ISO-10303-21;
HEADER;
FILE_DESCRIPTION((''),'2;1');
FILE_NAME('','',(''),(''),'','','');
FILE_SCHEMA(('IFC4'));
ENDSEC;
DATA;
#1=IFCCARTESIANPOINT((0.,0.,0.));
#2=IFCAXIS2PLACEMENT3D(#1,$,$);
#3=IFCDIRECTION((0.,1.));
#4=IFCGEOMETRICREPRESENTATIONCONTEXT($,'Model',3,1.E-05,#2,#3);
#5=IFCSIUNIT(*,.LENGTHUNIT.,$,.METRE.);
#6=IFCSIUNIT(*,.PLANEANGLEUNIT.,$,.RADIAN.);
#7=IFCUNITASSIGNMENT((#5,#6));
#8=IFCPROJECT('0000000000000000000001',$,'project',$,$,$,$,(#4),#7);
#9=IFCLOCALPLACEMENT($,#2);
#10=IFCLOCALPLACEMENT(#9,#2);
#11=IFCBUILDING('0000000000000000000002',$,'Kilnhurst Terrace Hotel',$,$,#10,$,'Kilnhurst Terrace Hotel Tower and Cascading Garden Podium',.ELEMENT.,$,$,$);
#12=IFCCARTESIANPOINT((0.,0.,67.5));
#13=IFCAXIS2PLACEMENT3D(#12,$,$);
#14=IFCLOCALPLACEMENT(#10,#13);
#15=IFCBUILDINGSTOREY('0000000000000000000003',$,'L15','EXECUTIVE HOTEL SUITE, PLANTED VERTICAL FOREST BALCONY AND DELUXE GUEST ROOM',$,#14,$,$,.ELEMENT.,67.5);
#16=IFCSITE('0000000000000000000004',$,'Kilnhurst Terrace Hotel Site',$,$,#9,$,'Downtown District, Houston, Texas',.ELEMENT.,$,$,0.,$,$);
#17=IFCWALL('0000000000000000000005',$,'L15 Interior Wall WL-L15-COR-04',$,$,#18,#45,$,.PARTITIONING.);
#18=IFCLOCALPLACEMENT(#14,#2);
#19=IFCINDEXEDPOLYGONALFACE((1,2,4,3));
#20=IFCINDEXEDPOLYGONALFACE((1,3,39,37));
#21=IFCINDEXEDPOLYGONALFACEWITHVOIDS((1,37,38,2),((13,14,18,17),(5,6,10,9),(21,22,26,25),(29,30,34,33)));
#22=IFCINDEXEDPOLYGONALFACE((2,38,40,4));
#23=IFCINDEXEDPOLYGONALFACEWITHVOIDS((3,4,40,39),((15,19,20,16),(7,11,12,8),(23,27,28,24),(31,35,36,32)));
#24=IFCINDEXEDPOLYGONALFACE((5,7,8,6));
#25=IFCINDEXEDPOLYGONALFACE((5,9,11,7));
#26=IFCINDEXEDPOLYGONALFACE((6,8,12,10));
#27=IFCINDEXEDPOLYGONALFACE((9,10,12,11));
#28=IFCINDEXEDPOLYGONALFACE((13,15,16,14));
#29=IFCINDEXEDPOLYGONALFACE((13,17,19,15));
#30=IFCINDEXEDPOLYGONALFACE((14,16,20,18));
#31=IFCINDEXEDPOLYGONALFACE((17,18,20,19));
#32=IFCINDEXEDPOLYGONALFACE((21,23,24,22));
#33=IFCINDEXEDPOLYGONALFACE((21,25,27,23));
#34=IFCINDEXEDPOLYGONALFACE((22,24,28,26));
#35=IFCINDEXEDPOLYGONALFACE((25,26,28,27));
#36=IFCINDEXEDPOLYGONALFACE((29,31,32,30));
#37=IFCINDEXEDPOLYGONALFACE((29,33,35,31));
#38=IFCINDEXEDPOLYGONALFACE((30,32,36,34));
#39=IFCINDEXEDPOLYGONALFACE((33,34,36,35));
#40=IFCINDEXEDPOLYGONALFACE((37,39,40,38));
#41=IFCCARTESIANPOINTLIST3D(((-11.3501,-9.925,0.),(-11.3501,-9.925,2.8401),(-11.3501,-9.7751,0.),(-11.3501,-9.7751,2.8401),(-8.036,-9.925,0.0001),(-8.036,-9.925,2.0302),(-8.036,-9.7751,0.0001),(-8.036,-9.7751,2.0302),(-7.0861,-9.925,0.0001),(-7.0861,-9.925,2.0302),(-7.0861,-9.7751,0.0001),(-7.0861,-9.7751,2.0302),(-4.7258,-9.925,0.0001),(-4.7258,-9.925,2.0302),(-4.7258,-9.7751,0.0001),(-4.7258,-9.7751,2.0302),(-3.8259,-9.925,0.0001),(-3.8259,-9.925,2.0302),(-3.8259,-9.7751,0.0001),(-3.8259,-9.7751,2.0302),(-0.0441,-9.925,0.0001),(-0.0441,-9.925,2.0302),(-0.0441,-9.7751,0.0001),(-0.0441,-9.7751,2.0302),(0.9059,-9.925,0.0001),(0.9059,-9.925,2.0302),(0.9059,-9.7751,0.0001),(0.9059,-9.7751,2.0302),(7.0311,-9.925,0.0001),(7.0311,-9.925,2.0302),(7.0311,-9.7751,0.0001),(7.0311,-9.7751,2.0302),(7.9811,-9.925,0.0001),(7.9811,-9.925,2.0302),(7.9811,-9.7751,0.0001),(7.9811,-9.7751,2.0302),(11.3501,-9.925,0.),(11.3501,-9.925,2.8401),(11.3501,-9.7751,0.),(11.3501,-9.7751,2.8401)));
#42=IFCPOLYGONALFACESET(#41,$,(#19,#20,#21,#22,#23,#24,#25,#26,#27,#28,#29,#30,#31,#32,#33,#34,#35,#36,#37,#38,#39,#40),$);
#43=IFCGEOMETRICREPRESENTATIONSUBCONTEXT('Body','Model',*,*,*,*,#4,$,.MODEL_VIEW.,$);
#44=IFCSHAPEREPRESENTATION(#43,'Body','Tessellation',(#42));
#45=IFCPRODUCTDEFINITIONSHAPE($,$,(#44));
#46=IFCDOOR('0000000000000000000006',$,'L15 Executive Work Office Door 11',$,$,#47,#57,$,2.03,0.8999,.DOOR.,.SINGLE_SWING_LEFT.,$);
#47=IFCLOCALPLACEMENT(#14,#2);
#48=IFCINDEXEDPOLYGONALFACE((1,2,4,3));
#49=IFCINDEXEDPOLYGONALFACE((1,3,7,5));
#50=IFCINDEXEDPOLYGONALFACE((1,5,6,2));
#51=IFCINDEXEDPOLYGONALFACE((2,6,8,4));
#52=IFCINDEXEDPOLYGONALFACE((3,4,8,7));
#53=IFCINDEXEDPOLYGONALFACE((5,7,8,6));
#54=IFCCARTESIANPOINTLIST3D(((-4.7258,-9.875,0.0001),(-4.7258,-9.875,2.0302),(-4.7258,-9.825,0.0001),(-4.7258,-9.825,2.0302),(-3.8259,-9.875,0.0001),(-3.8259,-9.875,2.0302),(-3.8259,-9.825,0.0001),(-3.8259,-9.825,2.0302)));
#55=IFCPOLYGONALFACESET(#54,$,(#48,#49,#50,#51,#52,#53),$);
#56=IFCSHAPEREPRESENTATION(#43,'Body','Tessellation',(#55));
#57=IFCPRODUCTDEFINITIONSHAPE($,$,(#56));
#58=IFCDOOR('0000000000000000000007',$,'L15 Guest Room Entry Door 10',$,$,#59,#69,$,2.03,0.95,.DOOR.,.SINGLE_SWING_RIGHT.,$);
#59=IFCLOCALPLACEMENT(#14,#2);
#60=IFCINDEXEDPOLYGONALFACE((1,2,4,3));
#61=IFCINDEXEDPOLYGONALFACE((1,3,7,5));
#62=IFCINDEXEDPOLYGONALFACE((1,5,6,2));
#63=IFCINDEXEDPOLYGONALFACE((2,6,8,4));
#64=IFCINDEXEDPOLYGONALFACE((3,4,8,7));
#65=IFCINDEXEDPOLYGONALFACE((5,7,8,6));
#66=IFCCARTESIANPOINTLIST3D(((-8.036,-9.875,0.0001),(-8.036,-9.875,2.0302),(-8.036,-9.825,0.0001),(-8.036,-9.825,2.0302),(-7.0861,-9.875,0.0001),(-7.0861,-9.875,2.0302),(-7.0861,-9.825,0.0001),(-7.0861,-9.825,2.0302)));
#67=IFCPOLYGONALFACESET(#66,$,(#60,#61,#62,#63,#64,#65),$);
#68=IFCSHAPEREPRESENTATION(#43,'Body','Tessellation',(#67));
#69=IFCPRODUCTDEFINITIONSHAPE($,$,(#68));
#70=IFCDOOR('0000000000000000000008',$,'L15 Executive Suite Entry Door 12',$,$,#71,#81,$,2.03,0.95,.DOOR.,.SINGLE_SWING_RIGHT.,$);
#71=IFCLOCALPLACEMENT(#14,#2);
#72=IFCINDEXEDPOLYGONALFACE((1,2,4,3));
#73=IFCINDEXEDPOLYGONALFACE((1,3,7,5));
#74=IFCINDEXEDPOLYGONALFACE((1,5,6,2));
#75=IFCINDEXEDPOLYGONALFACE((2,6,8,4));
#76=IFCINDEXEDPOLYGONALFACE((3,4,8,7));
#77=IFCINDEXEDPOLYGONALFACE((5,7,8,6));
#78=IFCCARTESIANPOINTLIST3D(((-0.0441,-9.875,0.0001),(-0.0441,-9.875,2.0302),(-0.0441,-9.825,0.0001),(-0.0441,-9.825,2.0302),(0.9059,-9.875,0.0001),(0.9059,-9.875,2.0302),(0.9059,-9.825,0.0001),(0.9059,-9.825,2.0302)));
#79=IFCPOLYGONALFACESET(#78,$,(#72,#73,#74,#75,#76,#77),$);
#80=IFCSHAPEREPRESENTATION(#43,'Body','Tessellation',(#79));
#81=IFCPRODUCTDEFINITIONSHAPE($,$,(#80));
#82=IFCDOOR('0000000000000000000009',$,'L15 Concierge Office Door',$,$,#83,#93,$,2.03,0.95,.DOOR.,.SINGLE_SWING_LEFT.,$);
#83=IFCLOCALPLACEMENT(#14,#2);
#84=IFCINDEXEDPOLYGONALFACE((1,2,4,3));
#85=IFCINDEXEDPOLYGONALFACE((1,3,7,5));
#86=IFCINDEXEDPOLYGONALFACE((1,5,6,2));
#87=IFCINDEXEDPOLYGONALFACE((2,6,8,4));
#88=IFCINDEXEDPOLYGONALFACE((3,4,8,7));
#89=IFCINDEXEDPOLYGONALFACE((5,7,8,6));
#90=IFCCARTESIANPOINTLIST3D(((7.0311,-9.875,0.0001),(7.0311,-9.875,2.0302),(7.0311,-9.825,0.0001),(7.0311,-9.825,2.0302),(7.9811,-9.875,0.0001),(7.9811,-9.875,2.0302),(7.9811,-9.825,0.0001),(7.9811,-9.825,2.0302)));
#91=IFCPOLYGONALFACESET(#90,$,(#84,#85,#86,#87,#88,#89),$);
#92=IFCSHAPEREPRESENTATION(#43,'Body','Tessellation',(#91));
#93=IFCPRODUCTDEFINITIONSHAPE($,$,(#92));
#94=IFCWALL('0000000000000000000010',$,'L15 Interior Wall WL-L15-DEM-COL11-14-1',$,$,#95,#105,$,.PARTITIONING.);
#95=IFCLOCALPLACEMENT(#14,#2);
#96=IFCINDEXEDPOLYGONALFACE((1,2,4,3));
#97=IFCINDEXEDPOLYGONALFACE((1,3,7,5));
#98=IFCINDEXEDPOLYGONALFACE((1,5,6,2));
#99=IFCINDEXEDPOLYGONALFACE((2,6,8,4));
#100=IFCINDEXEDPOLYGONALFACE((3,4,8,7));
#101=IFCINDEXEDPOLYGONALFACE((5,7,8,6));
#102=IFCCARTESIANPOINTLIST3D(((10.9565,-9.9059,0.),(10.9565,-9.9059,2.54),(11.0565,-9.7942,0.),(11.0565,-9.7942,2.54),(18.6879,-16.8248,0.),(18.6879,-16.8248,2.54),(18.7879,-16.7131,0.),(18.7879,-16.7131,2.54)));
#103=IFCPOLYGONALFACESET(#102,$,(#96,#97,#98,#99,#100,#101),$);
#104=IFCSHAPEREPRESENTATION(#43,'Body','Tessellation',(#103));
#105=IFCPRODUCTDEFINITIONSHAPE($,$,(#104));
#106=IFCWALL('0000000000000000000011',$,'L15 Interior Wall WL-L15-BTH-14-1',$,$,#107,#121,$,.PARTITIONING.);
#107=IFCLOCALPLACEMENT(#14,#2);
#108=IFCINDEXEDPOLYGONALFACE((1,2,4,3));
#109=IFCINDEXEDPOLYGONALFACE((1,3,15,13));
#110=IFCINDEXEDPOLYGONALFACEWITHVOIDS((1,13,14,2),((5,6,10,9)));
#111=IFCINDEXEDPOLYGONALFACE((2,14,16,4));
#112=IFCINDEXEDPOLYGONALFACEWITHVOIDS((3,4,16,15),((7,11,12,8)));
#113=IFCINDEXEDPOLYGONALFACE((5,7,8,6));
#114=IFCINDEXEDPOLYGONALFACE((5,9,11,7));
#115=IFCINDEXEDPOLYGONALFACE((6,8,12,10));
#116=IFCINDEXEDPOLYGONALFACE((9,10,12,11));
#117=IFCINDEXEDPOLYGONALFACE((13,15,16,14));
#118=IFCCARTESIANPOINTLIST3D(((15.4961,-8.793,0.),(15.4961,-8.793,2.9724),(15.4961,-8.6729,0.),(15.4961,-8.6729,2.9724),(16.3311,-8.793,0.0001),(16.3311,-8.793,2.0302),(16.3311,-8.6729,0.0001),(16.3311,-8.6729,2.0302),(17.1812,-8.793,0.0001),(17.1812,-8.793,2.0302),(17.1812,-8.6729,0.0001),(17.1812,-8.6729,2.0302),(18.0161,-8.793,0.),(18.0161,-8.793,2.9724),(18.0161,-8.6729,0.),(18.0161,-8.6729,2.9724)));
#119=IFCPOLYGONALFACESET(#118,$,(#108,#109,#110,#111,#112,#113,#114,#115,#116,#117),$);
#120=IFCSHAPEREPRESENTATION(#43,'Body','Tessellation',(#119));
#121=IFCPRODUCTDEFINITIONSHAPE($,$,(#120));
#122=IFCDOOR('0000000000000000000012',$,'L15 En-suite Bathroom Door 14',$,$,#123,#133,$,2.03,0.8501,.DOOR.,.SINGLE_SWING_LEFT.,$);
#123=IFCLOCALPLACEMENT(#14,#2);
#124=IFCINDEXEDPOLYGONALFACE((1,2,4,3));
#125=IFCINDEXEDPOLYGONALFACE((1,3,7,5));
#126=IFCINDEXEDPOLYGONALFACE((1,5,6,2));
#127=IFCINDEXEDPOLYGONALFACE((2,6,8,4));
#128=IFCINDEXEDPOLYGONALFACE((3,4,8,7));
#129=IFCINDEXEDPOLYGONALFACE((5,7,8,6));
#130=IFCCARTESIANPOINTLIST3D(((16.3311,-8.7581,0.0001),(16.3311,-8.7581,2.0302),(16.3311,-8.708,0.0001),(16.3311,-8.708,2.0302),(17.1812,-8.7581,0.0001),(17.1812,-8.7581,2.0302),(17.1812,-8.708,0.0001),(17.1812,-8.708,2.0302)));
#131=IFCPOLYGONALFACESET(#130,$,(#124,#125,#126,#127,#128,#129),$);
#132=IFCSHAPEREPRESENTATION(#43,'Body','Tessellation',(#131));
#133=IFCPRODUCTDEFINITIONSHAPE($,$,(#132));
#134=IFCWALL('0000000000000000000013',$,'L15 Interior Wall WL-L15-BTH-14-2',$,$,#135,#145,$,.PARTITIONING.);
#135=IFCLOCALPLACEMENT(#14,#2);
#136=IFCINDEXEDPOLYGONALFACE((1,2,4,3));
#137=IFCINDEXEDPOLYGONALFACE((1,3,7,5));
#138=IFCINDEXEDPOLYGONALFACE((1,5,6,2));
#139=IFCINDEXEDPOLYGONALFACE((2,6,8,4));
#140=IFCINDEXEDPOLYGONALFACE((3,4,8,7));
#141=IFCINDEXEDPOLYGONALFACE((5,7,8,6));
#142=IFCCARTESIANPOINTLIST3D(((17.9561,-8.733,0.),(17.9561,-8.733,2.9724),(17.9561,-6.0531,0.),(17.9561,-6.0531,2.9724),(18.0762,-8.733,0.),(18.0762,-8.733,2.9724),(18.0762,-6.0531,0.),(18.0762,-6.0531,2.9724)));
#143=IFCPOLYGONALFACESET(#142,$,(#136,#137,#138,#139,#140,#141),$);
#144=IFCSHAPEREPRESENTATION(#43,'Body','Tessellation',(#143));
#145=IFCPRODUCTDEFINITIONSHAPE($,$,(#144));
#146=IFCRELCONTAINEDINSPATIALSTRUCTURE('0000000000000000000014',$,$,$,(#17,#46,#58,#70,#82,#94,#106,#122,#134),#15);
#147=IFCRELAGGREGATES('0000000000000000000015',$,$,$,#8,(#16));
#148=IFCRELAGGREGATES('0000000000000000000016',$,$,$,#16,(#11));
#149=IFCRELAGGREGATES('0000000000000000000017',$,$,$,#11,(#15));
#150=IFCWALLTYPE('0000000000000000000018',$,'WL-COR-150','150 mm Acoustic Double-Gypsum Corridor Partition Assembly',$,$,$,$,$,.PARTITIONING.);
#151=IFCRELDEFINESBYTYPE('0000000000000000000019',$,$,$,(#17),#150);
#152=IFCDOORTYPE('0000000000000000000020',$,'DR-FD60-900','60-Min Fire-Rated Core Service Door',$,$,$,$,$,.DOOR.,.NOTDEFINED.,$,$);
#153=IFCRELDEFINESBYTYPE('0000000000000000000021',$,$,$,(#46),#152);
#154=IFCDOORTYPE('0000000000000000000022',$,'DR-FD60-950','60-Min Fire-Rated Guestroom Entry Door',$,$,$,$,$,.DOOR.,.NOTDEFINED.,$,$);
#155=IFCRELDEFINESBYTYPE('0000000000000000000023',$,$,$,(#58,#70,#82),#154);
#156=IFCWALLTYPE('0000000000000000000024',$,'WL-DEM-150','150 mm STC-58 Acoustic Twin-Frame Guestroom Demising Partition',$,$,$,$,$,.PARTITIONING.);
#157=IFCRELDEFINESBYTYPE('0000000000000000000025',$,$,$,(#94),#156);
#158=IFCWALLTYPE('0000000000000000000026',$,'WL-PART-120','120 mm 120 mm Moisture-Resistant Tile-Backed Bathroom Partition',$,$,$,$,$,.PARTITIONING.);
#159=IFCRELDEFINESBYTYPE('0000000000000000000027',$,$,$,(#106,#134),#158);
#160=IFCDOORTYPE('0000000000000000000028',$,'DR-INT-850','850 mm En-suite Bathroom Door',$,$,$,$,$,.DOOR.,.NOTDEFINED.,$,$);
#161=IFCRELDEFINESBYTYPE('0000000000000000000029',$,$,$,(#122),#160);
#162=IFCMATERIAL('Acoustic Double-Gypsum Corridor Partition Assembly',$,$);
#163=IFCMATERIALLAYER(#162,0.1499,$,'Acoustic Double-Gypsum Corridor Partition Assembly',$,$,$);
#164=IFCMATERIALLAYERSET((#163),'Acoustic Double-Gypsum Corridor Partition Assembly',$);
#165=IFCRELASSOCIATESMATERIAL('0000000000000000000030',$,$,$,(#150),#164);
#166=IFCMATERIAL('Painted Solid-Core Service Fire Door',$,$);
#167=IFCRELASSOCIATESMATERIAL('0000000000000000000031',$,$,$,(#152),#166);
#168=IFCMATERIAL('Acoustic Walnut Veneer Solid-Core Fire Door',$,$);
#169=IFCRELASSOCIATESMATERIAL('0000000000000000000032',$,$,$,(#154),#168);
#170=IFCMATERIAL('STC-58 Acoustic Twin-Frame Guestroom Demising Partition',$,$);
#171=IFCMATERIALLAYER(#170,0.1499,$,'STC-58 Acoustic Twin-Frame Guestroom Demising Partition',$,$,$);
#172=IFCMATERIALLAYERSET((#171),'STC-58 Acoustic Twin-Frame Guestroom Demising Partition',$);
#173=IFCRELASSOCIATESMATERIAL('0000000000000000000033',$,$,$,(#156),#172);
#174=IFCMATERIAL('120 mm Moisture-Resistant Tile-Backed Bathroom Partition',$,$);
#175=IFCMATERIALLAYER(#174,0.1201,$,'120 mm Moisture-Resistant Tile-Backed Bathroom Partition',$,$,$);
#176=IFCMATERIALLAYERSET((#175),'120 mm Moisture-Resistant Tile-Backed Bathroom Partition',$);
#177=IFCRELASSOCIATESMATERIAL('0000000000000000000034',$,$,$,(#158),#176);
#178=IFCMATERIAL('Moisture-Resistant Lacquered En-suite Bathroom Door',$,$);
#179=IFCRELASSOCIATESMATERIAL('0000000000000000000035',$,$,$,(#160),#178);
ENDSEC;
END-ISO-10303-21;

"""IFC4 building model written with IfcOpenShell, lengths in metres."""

from ifc_helpers import new_model, si_unit, direction, frame, frame_2d, origin, place, context, subcontext, project, spatial, rectangle, extrude, material, layer, layer_set, type_object, element, fill, save


model = new_model("IFC4")

# Units and contexts
model_context = context("Model", 3, precision=1e-05, world=origin(), true_north=direction((0.0, 1.0)))
body_context = subcontext(model_context, "Body", "Model", "MODEL_VIEW")
ifc_project = project(units=[si_unit("LENGTHUNIT", "METRE"), si_unit("PLANEANGLEUNIT", "RADIAN")], contexts=[model_context])

# Site, building, storey
site_placement = place(None, origin())
site = spatial("IfcSite", under=ifc_project, at=site_placement, Name="Kilnhurst Terrace Hotel Site", LongName="Downtown District, Houston, Texas", CompositionType="ELEMENT", RefElevation=0.0)
building_placement = place(site_placement, origin())
building = spatial("IfcBuilding", under=site, at=building_placement, Name="Kilnhurst Terrace Hotel", LongName="Kilnhurst Terrace Hotel Tower and Cascading Garden Podium", CompositionType="ELEMENT")
storey_placement = place(building_placement, frame((0.0, 0.0, 67.5)))
storey = spatial("IfcBuildingStorey", under=building, at=storey_placement, Name="L15", Description="EXECUTIVE HOTEL SUITE, PLANTED VERTICAL FOREST BALCONY AND DELUXE GUEST ROOM", CompositionType="ELEMENT", Elevation=67.5)

# Wall, openings, doors
ifc_material_1 = material(Name="Acoustic Double-Gypsum Corridor Partition Assembly")
ifc_layer_1 = layer(ifc_material_1, 0.1499, Name="Acoustic Double-Gypsum Corridor Partition Assembly")
ifc_layer_set_1 = layer_set([ifc_layer_1], Name="Acoustic Double-Gypsum Corridor Partition Assembly")
wall_type_1 = type_object("IfcWallType", Name="WL-COR-150", Description="150 mm Acoustic Double-Gypsum Corridor Partition Assembly", PredefinedType="PARTITIONING", material=ifc_layer_set_1)
wall_1_placement = place(storey_placement, frame((11.3501, -9.8501, 0.0), z_axis=(0.0, 0.0, 1.0), x_axis=(-1.0, 0.0, 0.0)))
wall_1 = element("IfcWall", 1, at=wall_1_placement, inside=storey, type_object=wall_type_1, Name="L15 Interior Wall WL-L15-COR-04", PredefinedType="PARTITIONING", context=body_context, shape_type="SweptSolid", body=[
    extrude(rectangle(XDim=22.7002, YDim=0.1499, at=frame_2d((11.3501, 0.0))), origin(), (0.0, 0.0, 1.0), 2.8401),
])
opening_1_placement = place(wall_1_placement, frame((18.436, 0.0, 0.0)))
opening_1 = element("IfcOpeningElement", 2, at=opening_1_placement, cuts=wall_1, PredefinedType="OPENING", context=body_context, shape_type="SweptSolid", body=[
    extrude(rectangle(XDim=0.95, YDim=2.03, at=frame_2d((0.4751, 1.0151))), frame((0.0, 0.085, 0.0), z_axis=(0.0, -1.0, 0.0), x_axis=(1.0, 0.0, 0.0)), (0.0, 0.0, 1.0), 0.1699),
])
opening_2_placement = place(wall_1_placement, frame((15.176, 0.0, 0.0)))
opening_2 = element("IfcOpeningElement", 3, at=opening_2_placement, cuts=wall_1, PredefinedType="OPENING", context=body_context, shape_type="SweptSolid", body=[
    extrude(rectangle(XDim=0.8999, YDim=2.03, at=frame_2d((0.45, 1.0151))), frame((0.0, 0.085, 0.0), z_axis=(0.0, -1.0, 0.0), x_axis=(1.0, 0.0, 0.0)), (0.0, 0.0, 1.0), 0.1699),
])
opening_3_placement = place(wall_1_placement, frame((10.4441, 0.0, 0.0)))
opening_3 = element("IfcOpeningElement", 4, at=opening_3_placement, cuts=wall_1, PredefinedType="OPENING", context=body_context, shape_type="SweptSolid", body=[
    extrude(rectangle(XDim=0.95, YDim=2.03, at=frame_2d((0.4751, 1.0151))), frame((0.0, 0.085, 0.0), z_axis=(0.0, -1.0, 0.0), x_axis=(1.0, 0.0, 0.0)), (0.0, 0.0, 1.0), 0.1699),
])
opening_4_placement = place(wall_1_placement, frame((3.3689, 0.0, 0.0)))
opening_4 = element("IfcOpeningElement", 5, at=opening_4_placement, cuts=wall_1, PredefinedType="OPENING", context=body_context, shape_type="SweptSolid", body=[
    extrude(rectangle(XDim=0.95, YDim=2.03, at=frame_2d((0.4751, 1.0151))), frame((0.0, 0.085, 0.0), z_axis=(0.0, -1.0, 0.0), x_axis=(1.0, 0.0, 0.0)), (0.0, 0.0, 1.0), 0.1699),
])
ifc_material_2 = material(Name="Painted Solid-Core Service Fire Door")
door_type_1 = type_object("IfcDoorType", Name="DR-FD60-900", Description="60-Min Fire-Rated Core Service Door", OperationType="NOTDEFINED", PredefinedType="DOOR", material=ifc_material_2)
door_1_placement = place(opening_2_placement, origin())
door_1 = element("IfcDoor", 6, at=door_1_placement, inside=storey, type_object=door_type_1, Name="L15 Executive Work Office Door 11", OperationType="SINGLE_SWING_LEFT", OverallHeight=2.03, OverallWidth=0.8999, PredefinedType="DOOR", context=body_context, shape_type="SweptSolid", body=[
    extrude(rectangle(XDim=0.8999, YDim=2.03, at=frame_2d((0.45, 1.0151))), frame((0.0, 0.0249, 0.0), z_axis=(0.0, -1.0, 0.0), x_axis=(1.0, 0.0, 0.0)), (0.0, 0.0, 1.0), 0.05),
])
fill(opening_2, door_1)
ifc_material_3 = material(Name="Acoustic Walnut Veneer Solid-Core Fire Door")
door_type_2 = type_object("IfcDoorType", Name="DR-FD60-950", Description="60-Min Fire-Rated Guestroom Entry Door", OperationType="NOTDEFINED", PredefinedType="DOOR", material=ifc_material_3)
door_2_placement = place(opening_1_placement, origin())
door_2 = element("IfcDoor", 7, at=door_2_placement, inside=storey, type_object=door_type_2, Name="L15 Guest Room Entry Door 10", OperationType="SINGLE_SWING_RIGHT", OverallHeight=2.03, OverallWidth=0.95, PredefinedType="DOOR", context=body_context, shape_type="SweptSolid", body=[
    extrude(rectangle(XDim=0.95, YDim=2.03, at=frame_2d((0.4751, 1.0151))), frame((0.0, 0.0249, 0.0), z_axis=(0.0, -1.0, 0.0), x_axis=(1.0, 0.0, 0.0)), (0.0, 0.0, 1.0), 0.05),
])
fill(opening_1, door_2)
door_3_placement = place(opening_3_placement, origin())
door_3 = element("IfcDoor", 8, at=door_3_placement, inside=storey, type_object=door_type_2, Name="L15 Executive Suite Entry Door 12", OperationType="SINGLE_SWING_RIGHT", OverallHeight=2.03, OverallWidth=0.95, PredefinedType="DOOR", context=body_context, shape_type="SweptSolid", body=[
    extrude(rectangle(XDim=0.95, YDim=2.03, at=frame_2d((0.4751, 1.0151))), frame((0.0, 0.0249, 0.0), z_axis=(0.0, -1.0, 0.0), x_axis=(1.0, 0.0, 0.0)), (0.0, 0.0, 1.0), 0.05),
])
fill(opening_3, door_3)
door_4_placement = place(opening_4_placement, origin())
door_4 = element("IfcDoor", 9, at=door_4_placement, inside=storey, type_object=door_type_2, Name="L15 Concierge Office Door", OperationType="SINGLE_SWING_LEFT", OverallHeight=2.03, OverallWidth=0.95, PredefinedType="DOOR", context=body_context, shape_type="SweptSolid", body=[
    extrude(rectangle(XDim=0.95, YDim=2.03, at=frame_2d((0.4751, 1.0151))), frame((0.0, 0.0249, 0.0), z_axis=(0.0, -1.0, 0.0), x_axis=(1.0, 0.0, 0.0)), (0.0, 0.0, 1.0), 0.05),
])
fill(opening_4, door_4)

# Wall
ifc_material_4 = material(Name="STC-58 Acoustic Twin-Frame Guestroom Demising Partition")
ifc_layer_2 = layer(ifc_material_4, 0.1499, Name="STC-58 Acoustic Twin-Frame Guestroom Demising Partition")
ifc_layer_set_2 = layer_set([ifc_layer_2], Name="STC-58 Acoustic Twin-Frame Guestroom Demising Partition")
wall_type_2 = type_object("IfcWallType", Name="WL-DEM-150", Description="150 mm STC-58 Acoustic Twin-Frame Guestroom Demising Partition", PredefinedType="PARTITIONING", material=ifc_layer_set_2)
wall_2_placement = place(storey_placement, frame((11.0066, -9.8501, 0.0), z_axis=(0.0, 0.0, 1.0), x_axis=(0.745177, -0.666866, 0.0)))
element("IfcWall", 10, at=wall_2_placement, inside=storey, type_object=wall_type_2, Name="L15 Interior Wall WL-L15-DEM-COL11-14-1", PredefinedType="PARTITIONING", context=body_context, shape_type="SweptSolid", body=[
    extrude(rectangle(XDim=10.3752, YDim=0.1499, at=frame_2d((5.1875, 0.0))), origin(), (0.0, 0.0, 1.0), 2.54),
])

# Wall, opening, door
ifc_material_5 = material(Name="120 mm Moisture-Resistant Tile-Backed Bathroom Partition")
ifc_layer_3 = layer(ifc_material_5, 0.1201, Name="120 mm Moisture-Resistant Tile-Backed Bathroom Partition")
ifc_layer_set_3 = layer_set([ifc_layer_3], Name="120 mm Moisture-Resistant Tile-Backed Bathroom Partition")
wall_type_3 = type_object("IfcWallType", Name="WL-PART-120", Description="120 mm 120 mm Moisture-Resistant Tile-Backed Bathroom Partition", PredefinedType="PARTITIONING", material=ifc_layer_set_3)
wall_3_placement = place(storey_placement, frame((15.4961, -8.7329, 0.0), z_axis=(0.0, 0.0, 1.0), x_axis=(1.0, 0.0, 0.0)))
wall_3 = element("IfcWall", 11, at=wall_3_placement, inside=storey, type_object=wall_type_3, Name="L15 Interior Wall WL-L15-BTH-14-1", PredefinedType="PARTITIONING", context=body_context, shape_type="SweptSolid", body=[
    extrude(rectangle(XDim=2.52, YDim=0.1201, at=frame_2d((1.26, 0.0))), origin(), (0.0, 0.0, 1.0), 2.9724),
])
opening_5_placement = place(wall_3_placement, frame((0.835, 0.0, 0.0)))
opening_5 = element("IfcOpeningElement", 12, at=opening_5_placement, cuts=wall_3, PredefinedType="OPENING", context=body_context, shape_type="SweptSolid", body=[
    extrude(rectangle(XDim=0.8501, YDim=2.03, at=frame_2d((0.425, 1.0151))), frame((0.0, 0.0701, 0.0), z_axis=(0.0, -1.0, 0.0), x_axis=(1.0, 0.0, 0.0)), (0.0, 0.0, 1.0), 0.1401),
])
ifc_material_6 = material(Name="Moisture-Resistant Lacquered En-suite Bathroom Door")
door_type_3 = type_object("IfcDoorType", Name="DR-INT-850", Description="850 mm En-suite Bathroom Door", OperationType="NOTDEFINED", PredefinedType="DOOR", material=ifc_material_6)
door_5_placement = place(opening_5_placement, origin())
door_5 = element("IfcDoor", 13, at=door_5_placement, inside=storey, type_object=door_type_3, Name="L15 En-suite Bathroom Door 14", OperationType="SINGLE_SWING_LEFT", OverallHeight=2.03, OverallWidth=0.8501, PredefinedType="DOOR", context=body_context, shape_type="SweptSolid", body=[
    extrude(rectangle(XDim=0.8501, YDim=2.03, at=frame_2d((0.425, 1.0151))), frame((0.0, 0.0249, 0.0), z_axis=(0.0, -1.0, 0.0), x_axis=(1.0, 0.0, 0.0)), (0.0, 0.0, 1.0), 0.05),
])
fill(opening_5, door_5)

# Wall
wall_4_placement = place(storey_placement, frame((18.0161, -8.7329, 0.0), z_axis=(0.0, 0.0, 1.0), x_axis=(0.0, 1.0, 0.0)))
element("IfcWall", 14, at=wall_4_placement, inside=storey, type_object=wall_type_3, Name="L15 Interior Wall WL-L15-BTH-14-2", PredefinedType="PARTITIONING", context=body_context, shape_type="SweptSolid", body=[
    extrude(rectangle(XDim=2.6799, YDim=0.1201, at=frame_2d((1.3398, 0.0))), origin(), (0.0, 0.0, 1.0), 2.9724),
])

save(model, "model.ifc")
